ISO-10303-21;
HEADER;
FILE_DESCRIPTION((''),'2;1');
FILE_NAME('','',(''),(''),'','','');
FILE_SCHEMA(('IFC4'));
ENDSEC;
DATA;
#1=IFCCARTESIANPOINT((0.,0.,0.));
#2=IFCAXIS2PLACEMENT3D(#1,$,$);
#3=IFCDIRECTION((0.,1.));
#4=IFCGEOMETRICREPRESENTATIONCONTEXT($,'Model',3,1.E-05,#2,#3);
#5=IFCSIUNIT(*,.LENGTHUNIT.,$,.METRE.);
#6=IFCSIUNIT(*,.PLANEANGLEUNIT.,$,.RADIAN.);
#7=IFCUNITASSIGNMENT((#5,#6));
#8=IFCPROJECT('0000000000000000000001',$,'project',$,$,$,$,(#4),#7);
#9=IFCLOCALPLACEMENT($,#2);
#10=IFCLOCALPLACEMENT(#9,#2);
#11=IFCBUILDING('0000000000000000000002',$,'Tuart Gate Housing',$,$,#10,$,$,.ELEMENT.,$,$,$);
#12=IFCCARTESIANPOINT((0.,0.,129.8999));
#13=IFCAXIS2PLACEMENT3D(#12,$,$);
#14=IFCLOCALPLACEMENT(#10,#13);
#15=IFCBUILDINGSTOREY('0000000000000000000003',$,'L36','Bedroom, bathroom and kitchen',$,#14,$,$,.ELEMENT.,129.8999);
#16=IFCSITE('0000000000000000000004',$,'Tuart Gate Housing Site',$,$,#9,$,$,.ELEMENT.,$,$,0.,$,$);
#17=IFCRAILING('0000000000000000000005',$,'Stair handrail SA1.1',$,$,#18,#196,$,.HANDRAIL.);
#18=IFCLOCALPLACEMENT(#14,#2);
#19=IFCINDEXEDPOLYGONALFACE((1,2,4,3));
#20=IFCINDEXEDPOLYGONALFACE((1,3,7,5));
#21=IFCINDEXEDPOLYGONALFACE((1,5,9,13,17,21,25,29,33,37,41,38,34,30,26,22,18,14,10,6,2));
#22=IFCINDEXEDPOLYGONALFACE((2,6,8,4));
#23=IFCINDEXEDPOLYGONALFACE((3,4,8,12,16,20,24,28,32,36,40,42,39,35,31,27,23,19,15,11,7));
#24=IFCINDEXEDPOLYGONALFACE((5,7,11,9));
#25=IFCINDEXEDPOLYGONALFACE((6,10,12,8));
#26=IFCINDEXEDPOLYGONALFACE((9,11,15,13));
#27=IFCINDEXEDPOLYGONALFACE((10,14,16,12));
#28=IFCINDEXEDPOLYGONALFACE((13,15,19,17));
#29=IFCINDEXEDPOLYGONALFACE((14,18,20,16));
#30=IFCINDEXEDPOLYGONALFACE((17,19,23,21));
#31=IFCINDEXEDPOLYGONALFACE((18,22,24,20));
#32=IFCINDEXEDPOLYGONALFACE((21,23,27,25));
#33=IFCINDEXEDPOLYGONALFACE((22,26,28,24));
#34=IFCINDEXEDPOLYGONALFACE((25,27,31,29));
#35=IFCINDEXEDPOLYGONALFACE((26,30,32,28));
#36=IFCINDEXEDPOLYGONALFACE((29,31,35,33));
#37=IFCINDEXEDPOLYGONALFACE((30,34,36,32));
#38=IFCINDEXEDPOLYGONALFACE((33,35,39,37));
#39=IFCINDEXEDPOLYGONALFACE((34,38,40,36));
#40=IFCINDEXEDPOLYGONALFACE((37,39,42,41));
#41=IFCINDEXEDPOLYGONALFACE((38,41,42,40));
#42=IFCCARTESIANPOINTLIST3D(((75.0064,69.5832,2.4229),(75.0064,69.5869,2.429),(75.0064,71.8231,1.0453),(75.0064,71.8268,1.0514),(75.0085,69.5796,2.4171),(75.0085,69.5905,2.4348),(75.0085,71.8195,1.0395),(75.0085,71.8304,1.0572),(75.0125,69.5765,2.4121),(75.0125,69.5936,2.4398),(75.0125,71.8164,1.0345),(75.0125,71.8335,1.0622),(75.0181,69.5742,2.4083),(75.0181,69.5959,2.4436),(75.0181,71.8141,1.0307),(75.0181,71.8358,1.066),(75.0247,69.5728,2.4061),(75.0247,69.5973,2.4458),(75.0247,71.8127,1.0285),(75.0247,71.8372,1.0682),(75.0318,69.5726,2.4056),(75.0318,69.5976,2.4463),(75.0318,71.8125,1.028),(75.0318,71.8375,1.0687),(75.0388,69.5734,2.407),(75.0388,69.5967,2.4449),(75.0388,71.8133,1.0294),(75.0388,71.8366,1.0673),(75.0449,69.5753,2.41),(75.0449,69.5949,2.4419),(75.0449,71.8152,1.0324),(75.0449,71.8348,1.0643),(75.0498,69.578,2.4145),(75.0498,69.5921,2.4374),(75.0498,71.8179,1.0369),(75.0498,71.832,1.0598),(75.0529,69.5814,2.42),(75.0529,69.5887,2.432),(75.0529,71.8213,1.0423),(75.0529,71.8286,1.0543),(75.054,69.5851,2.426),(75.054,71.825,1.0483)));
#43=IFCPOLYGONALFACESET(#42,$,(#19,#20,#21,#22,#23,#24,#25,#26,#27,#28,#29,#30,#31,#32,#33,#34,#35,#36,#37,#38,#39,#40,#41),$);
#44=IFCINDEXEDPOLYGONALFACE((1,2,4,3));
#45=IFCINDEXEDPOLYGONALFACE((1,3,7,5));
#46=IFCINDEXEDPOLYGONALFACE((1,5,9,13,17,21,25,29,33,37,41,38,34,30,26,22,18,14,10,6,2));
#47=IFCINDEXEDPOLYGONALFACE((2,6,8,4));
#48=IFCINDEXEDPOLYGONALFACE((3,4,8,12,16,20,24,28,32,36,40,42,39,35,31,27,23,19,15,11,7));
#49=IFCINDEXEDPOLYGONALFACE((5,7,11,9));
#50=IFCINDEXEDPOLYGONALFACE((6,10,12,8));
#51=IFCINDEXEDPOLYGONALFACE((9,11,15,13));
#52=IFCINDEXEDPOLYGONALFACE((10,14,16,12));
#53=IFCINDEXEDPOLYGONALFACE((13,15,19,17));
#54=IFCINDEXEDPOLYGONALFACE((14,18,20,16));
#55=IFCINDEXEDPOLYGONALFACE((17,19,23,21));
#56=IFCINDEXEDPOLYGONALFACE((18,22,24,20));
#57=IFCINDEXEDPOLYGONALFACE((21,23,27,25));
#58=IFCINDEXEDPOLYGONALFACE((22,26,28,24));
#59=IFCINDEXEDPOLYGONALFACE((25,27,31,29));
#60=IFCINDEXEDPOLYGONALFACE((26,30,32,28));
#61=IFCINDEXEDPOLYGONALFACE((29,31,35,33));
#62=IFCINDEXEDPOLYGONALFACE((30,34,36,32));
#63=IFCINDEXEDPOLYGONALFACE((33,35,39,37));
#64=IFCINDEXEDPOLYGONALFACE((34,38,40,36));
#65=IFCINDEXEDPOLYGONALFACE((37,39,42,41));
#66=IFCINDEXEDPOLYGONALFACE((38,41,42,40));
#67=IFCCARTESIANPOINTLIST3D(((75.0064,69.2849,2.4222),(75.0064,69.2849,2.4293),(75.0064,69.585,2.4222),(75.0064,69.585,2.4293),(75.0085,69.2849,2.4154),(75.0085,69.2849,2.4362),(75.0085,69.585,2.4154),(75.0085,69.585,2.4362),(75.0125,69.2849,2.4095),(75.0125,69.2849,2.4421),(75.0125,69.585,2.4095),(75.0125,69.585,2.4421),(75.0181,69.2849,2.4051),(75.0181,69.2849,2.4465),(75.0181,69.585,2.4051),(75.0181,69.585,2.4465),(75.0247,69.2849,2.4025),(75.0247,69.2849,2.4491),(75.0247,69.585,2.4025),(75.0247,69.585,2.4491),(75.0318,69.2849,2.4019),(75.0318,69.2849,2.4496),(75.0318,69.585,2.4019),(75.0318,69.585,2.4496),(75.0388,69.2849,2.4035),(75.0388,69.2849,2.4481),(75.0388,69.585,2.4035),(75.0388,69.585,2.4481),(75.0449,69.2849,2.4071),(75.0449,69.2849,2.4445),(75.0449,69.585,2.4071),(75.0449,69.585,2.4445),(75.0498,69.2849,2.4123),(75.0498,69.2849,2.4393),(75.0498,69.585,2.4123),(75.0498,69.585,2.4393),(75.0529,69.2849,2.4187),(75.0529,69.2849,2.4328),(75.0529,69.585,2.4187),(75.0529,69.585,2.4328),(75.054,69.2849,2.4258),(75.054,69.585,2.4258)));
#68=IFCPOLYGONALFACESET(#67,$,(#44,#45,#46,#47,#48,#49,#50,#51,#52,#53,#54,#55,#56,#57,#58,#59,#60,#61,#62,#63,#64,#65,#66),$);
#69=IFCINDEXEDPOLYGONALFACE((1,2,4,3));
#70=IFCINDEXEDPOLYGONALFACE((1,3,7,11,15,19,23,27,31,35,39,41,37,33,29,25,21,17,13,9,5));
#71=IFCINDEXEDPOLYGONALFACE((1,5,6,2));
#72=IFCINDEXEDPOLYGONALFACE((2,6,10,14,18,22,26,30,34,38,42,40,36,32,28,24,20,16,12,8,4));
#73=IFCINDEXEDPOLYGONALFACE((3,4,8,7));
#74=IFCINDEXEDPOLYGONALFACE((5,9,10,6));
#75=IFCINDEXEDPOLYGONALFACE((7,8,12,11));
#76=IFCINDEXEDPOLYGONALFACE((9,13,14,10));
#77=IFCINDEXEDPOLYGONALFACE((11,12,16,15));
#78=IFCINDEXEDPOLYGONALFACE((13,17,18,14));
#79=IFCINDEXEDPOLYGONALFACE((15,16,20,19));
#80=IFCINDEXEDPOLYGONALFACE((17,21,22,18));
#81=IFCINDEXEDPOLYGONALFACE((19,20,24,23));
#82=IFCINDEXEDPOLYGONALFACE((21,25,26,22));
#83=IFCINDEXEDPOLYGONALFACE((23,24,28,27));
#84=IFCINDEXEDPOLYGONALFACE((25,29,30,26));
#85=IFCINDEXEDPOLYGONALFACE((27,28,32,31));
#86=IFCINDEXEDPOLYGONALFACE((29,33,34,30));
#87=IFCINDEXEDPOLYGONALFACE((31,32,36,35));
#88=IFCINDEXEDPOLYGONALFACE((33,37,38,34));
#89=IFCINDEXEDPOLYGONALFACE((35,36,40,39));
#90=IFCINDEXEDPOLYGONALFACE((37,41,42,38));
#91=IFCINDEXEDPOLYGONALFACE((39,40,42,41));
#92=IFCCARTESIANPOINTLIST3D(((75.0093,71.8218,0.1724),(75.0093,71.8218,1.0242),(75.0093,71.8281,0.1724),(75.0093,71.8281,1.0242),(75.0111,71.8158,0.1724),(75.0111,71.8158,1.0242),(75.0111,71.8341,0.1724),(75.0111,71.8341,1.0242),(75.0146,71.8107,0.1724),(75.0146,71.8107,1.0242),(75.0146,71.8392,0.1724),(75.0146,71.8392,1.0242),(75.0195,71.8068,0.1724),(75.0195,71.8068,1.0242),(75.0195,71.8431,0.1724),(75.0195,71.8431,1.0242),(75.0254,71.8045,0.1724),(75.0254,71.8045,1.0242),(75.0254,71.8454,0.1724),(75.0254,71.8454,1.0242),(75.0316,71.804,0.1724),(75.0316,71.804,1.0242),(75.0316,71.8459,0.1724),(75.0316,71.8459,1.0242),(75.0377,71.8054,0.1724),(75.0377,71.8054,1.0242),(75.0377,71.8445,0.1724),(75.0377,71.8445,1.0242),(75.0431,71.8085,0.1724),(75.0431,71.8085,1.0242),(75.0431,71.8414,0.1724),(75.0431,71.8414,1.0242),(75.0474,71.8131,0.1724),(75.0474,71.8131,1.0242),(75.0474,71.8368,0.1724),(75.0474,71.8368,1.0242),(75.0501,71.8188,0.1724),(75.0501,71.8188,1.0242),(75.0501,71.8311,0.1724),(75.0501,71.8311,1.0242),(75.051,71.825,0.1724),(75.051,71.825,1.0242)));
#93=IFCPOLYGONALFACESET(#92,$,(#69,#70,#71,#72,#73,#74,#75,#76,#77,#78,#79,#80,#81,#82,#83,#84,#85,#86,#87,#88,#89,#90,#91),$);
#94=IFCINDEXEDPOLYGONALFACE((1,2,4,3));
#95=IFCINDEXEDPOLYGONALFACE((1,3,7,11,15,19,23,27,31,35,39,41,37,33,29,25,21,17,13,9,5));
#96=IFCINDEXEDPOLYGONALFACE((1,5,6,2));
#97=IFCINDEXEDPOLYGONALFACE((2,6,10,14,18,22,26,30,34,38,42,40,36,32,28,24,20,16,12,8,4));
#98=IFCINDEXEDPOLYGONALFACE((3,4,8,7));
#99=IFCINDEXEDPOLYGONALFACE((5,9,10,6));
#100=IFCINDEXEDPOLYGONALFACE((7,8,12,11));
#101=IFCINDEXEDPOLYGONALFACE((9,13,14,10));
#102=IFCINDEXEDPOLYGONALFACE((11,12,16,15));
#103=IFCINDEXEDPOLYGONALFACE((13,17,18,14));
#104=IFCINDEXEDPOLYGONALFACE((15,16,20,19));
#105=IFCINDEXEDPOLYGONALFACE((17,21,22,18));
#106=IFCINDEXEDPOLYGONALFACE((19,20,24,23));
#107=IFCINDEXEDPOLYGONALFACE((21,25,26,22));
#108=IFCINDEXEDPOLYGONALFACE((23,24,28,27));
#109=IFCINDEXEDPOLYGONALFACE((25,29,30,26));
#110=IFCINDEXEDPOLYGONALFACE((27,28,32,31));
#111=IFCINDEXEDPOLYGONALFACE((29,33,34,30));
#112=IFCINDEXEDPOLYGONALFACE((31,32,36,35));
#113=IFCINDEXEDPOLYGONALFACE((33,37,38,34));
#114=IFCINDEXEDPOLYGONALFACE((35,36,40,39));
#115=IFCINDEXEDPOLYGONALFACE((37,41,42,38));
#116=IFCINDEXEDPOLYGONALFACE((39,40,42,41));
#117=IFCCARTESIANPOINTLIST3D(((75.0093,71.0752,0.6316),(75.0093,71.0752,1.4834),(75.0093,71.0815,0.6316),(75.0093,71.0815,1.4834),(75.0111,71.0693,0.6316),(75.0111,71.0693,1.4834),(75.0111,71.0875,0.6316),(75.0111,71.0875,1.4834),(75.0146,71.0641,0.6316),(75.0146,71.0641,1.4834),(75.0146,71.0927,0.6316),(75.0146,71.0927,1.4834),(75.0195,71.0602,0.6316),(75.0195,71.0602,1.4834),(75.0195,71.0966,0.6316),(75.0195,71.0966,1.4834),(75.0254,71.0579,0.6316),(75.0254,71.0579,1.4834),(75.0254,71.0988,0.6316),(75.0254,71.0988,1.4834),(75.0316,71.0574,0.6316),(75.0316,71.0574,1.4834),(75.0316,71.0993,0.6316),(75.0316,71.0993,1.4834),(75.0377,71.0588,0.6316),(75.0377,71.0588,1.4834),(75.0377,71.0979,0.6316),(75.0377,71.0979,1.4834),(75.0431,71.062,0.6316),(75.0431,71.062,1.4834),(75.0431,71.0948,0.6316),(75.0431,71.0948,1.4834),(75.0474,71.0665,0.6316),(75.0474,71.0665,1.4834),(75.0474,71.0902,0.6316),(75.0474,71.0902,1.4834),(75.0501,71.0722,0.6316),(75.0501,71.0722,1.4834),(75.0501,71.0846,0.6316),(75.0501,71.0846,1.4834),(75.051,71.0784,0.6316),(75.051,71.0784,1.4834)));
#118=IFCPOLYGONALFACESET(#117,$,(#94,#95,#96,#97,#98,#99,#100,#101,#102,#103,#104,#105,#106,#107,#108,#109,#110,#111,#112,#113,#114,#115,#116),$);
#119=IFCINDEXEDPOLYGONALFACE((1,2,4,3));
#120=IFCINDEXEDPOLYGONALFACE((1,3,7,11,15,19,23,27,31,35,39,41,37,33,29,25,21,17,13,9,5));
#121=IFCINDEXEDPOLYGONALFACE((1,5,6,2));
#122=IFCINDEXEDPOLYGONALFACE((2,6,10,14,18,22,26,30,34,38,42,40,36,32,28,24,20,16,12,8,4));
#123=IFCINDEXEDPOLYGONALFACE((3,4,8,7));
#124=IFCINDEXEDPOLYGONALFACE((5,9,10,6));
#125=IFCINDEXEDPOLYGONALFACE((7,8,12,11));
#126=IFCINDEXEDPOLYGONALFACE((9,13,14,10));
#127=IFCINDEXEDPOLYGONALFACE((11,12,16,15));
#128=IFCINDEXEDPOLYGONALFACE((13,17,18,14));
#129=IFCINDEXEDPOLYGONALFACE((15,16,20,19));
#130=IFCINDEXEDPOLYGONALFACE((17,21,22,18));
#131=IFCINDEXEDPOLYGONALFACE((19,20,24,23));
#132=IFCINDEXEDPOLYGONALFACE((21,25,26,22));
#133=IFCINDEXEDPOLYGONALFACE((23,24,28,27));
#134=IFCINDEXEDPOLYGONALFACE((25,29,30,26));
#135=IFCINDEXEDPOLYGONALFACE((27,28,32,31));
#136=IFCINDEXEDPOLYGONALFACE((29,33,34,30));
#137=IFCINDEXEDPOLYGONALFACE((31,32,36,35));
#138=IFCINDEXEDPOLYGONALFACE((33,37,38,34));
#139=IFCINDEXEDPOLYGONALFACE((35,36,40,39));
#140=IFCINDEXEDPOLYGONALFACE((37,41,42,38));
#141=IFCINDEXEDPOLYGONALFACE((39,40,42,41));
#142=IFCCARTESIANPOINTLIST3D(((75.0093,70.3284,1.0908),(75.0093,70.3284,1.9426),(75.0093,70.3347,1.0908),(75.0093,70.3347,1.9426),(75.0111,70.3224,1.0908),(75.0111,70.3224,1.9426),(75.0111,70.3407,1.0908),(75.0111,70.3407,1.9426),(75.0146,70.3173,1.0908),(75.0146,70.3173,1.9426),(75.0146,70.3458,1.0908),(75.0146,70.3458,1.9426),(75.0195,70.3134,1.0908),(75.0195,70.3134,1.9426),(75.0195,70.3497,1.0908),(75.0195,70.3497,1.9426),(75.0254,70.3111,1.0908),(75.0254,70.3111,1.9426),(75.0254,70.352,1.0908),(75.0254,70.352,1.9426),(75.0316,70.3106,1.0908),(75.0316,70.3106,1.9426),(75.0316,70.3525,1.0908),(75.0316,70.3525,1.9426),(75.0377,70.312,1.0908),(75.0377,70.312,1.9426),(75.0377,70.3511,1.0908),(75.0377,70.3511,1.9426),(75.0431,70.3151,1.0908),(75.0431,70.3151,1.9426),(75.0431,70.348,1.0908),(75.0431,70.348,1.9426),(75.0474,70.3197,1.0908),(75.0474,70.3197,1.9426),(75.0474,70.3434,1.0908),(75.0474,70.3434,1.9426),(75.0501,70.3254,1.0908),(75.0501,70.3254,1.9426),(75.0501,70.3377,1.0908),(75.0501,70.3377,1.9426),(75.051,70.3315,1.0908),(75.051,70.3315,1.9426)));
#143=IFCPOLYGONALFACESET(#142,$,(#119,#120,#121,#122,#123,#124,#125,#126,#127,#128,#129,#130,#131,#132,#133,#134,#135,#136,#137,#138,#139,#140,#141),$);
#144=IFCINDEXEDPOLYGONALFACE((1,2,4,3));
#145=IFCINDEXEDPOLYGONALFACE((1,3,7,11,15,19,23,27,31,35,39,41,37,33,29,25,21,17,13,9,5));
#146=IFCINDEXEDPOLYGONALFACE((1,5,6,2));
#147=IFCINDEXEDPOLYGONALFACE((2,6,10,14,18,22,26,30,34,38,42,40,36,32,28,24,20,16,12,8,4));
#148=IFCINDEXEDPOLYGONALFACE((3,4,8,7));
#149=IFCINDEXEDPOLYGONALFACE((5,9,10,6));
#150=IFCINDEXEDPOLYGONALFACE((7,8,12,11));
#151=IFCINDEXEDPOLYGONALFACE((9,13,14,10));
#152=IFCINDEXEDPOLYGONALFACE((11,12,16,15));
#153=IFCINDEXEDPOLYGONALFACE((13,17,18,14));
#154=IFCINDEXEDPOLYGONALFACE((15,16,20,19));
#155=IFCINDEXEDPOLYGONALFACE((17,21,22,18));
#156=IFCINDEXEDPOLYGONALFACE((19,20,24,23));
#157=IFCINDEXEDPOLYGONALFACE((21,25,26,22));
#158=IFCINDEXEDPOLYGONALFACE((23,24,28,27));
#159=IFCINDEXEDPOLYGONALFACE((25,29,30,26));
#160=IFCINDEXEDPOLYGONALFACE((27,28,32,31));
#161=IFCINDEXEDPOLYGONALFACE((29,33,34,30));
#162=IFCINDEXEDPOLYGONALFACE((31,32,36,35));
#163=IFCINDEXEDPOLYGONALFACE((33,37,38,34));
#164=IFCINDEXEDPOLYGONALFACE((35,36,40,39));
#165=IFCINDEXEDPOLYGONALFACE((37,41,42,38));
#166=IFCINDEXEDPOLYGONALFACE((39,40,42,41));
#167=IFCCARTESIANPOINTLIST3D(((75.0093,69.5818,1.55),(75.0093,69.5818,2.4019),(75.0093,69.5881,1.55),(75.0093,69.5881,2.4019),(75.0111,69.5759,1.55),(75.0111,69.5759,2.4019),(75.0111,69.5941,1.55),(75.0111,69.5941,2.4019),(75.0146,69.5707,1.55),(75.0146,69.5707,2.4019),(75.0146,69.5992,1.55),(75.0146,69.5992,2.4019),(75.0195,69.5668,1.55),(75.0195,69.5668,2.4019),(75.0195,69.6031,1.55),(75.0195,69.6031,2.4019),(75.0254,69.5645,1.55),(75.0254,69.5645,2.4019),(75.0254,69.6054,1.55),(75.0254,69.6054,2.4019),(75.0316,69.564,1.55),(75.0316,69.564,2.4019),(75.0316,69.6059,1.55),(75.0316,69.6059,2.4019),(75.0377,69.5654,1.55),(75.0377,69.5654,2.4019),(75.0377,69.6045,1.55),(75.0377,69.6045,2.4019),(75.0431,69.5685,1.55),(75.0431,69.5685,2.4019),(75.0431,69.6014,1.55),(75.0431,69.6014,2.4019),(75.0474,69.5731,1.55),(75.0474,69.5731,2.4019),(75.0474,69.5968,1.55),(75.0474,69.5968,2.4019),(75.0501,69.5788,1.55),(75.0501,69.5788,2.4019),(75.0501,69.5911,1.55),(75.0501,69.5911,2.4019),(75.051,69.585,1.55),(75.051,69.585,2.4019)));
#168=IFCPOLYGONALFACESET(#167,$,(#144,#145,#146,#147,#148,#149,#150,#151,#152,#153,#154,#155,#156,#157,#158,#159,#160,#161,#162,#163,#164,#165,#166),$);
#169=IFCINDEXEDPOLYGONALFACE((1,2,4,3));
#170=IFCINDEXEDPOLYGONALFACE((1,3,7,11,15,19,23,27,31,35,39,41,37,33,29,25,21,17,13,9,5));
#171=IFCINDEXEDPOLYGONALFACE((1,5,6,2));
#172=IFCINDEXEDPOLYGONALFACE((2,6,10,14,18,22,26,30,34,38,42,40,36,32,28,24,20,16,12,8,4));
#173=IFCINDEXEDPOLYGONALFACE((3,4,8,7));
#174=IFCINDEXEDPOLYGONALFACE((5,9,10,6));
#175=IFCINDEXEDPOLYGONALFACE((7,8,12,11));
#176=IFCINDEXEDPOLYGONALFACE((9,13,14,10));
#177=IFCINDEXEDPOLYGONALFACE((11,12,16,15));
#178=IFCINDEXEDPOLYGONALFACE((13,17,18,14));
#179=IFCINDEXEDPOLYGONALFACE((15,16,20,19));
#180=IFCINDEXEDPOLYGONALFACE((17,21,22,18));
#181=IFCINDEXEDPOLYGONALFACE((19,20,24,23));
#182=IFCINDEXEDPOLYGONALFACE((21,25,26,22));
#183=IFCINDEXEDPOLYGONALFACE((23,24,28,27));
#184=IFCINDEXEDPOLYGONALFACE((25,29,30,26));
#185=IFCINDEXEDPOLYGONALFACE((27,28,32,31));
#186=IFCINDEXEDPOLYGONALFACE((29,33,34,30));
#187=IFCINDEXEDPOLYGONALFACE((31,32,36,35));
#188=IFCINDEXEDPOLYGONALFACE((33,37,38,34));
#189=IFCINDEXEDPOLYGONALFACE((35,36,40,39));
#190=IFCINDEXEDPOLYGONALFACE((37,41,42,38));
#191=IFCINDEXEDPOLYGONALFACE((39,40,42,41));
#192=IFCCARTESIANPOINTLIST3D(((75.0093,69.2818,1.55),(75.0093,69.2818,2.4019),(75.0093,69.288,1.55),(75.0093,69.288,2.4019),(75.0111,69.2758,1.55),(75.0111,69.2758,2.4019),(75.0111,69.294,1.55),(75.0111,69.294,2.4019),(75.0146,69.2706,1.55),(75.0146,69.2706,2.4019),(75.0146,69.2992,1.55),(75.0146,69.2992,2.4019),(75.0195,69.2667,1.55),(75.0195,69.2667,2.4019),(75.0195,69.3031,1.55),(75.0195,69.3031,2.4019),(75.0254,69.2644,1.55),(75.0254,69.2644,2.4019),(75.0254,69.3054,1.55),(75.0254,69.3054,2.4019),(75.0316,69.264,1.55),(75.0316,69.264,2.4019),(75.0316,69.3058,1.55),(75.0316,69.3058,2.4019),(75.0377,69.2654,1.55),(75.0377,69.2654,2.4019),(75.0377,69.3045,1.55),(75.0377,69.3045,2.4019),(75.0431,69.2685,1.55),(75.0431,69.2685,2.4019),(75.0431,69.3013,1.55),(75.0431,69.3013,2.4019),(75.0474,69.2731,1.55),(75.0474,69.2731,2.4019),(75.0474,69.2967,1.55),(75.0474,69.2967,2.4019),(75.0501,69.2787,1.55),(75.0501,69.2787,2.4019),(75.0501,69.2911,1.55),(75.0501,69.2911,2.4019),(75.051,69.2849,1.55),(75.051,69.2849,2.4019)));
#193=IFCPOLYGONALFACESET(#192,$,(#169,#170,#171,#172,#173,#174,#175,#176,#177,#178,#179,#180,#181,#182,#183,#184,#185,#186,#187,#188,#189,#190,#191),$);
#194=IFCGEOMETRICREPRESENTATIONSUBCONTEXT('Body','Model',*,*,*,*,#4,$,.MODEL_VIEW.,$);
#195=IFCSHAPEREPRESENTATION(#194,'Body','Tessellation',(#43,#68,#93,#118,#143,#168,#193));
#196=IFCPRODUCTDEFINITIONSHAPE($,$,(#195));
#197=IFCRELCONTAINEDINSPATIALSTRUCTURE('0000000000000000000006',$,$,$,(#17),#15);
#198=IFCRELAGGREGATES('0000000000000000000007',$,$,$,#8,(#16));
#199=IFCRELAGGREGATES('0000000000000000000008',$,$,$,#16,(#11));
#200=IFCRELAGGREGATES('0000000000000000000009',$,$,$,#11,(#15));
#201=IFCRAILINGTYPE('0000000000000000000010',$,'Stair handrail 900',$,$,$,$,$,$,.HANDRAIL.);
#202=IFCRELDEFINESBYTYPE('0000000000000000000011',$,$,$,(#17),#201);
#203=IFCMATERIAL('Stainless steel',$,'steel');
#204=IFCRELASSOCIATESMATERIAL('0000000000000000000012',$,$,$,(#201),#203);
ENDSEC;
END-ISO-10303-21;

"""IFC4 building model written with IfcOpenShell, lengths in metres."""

from ifc_helpers import new_model, si_unit, direction, frame, origin, origin_2d, place, context, subcontext, project, spatial, circle, extrude, material, type_object, element, save


model = new_model("IFC4")

# Units and contexts
model_context = context("Model", 3, precision=1e-05, world=origin(), true_north=direction((0.0, 1.0)))
body_context = subcontext(model_context, "Body", "Model", "MODEL_VIEW")
ifc_project = project(units=[si_unit("LENGTHUNIT", "METRE"), si_unit("PLANEANGLEUNIT", "RADIAN")], contexts=[model_context])

# Site, building, storey
site_placement = place(None, origin())
site = spatial("IfcSite", under=ifc_project, at=site_placement, Name="Tuart Gate Housing Site", CompositionType="ELEMENT", RefElevation=0.0)
building_placement = place(site_placement, origin())
building = spatial("IfcBuilding", under=site, at=building_placement, Name="Tuart Gate Housing", CompositionType="ELEMENT")
storey_placement = place(building_placement, frame((0.0, 0.0, 129.8999)))
storey = spatial("IfcBuildingStorey", under=building, at=storey_placement, Name="L36", Description="Bedroom, bathroom and kitchen", CompositionType="ELEMENT", Elevation=129.8999)

# Railing
ifc_material_1 = material(Name="Stainless steel", Category="steel")
railing_type = type_object("IfcRailingType", Name="Stair handrail 900", PredefinedType="HANDRAIL", material=ifc_material_1)
railing_placement = place(storey_placement, frame((75.03, 71.825, 0.1724)))
element("IfcRailing", 1, at=railing_placement, inside=storey, type_object=railing_type, Name="Stair handrail SA1.1", PredefinedType="HANDRAIL", context=body_context, shape_type="SweptSolid", body=[
    extrude(circle(Radius=0.0239, at=origin_2d()), frame((0.0, 0.0, 0.876), z_axis=(0.0, -0.851789, 0.523885), x_axis=(1.0, 0.0, 0.0)), (0.0, 0.0, 1.0), 2.6296),
    extrude(circle(Radius=0.0239, at=origin_2d()), frame((0.0, -2.24, 2.2534), z_axis=(0.0, -1.0, 0.0), x_axis=(1.0, 0.0, 0.0)), (0.0, 0.0, 1.0), 0.3),
    extrude(circle(Radius=0.021, at=origin_2d()), origin(), (0.0, 0.0, 1.0), 0.8518),
    extrude(circle(Radius=0.021, at=origin_2d()), frame((0.0, -0.7466, 0.4592)), (0.0, 0.0, 1.0), 0.8518),
    extrude(circle(Radius=0.021, at=origin_2d()), frame((0.0, -1.4934, 0.9185)), (0.0, 0.0, 1.0), 0.8518),
    extrude(circle(Radius=0.021, at=origin_2d()), frame((0.0, -2.24, 1.3777)), (0.0, 0.0, 1.0), 0.8518),
    extrude(circle(Radius=0.021, at=origin_2d()), frame((0.0, -2.54, 1.3777)), (0.0, 0.0, 1.0), 0.8518),
])

save(model, "model.ifc")
